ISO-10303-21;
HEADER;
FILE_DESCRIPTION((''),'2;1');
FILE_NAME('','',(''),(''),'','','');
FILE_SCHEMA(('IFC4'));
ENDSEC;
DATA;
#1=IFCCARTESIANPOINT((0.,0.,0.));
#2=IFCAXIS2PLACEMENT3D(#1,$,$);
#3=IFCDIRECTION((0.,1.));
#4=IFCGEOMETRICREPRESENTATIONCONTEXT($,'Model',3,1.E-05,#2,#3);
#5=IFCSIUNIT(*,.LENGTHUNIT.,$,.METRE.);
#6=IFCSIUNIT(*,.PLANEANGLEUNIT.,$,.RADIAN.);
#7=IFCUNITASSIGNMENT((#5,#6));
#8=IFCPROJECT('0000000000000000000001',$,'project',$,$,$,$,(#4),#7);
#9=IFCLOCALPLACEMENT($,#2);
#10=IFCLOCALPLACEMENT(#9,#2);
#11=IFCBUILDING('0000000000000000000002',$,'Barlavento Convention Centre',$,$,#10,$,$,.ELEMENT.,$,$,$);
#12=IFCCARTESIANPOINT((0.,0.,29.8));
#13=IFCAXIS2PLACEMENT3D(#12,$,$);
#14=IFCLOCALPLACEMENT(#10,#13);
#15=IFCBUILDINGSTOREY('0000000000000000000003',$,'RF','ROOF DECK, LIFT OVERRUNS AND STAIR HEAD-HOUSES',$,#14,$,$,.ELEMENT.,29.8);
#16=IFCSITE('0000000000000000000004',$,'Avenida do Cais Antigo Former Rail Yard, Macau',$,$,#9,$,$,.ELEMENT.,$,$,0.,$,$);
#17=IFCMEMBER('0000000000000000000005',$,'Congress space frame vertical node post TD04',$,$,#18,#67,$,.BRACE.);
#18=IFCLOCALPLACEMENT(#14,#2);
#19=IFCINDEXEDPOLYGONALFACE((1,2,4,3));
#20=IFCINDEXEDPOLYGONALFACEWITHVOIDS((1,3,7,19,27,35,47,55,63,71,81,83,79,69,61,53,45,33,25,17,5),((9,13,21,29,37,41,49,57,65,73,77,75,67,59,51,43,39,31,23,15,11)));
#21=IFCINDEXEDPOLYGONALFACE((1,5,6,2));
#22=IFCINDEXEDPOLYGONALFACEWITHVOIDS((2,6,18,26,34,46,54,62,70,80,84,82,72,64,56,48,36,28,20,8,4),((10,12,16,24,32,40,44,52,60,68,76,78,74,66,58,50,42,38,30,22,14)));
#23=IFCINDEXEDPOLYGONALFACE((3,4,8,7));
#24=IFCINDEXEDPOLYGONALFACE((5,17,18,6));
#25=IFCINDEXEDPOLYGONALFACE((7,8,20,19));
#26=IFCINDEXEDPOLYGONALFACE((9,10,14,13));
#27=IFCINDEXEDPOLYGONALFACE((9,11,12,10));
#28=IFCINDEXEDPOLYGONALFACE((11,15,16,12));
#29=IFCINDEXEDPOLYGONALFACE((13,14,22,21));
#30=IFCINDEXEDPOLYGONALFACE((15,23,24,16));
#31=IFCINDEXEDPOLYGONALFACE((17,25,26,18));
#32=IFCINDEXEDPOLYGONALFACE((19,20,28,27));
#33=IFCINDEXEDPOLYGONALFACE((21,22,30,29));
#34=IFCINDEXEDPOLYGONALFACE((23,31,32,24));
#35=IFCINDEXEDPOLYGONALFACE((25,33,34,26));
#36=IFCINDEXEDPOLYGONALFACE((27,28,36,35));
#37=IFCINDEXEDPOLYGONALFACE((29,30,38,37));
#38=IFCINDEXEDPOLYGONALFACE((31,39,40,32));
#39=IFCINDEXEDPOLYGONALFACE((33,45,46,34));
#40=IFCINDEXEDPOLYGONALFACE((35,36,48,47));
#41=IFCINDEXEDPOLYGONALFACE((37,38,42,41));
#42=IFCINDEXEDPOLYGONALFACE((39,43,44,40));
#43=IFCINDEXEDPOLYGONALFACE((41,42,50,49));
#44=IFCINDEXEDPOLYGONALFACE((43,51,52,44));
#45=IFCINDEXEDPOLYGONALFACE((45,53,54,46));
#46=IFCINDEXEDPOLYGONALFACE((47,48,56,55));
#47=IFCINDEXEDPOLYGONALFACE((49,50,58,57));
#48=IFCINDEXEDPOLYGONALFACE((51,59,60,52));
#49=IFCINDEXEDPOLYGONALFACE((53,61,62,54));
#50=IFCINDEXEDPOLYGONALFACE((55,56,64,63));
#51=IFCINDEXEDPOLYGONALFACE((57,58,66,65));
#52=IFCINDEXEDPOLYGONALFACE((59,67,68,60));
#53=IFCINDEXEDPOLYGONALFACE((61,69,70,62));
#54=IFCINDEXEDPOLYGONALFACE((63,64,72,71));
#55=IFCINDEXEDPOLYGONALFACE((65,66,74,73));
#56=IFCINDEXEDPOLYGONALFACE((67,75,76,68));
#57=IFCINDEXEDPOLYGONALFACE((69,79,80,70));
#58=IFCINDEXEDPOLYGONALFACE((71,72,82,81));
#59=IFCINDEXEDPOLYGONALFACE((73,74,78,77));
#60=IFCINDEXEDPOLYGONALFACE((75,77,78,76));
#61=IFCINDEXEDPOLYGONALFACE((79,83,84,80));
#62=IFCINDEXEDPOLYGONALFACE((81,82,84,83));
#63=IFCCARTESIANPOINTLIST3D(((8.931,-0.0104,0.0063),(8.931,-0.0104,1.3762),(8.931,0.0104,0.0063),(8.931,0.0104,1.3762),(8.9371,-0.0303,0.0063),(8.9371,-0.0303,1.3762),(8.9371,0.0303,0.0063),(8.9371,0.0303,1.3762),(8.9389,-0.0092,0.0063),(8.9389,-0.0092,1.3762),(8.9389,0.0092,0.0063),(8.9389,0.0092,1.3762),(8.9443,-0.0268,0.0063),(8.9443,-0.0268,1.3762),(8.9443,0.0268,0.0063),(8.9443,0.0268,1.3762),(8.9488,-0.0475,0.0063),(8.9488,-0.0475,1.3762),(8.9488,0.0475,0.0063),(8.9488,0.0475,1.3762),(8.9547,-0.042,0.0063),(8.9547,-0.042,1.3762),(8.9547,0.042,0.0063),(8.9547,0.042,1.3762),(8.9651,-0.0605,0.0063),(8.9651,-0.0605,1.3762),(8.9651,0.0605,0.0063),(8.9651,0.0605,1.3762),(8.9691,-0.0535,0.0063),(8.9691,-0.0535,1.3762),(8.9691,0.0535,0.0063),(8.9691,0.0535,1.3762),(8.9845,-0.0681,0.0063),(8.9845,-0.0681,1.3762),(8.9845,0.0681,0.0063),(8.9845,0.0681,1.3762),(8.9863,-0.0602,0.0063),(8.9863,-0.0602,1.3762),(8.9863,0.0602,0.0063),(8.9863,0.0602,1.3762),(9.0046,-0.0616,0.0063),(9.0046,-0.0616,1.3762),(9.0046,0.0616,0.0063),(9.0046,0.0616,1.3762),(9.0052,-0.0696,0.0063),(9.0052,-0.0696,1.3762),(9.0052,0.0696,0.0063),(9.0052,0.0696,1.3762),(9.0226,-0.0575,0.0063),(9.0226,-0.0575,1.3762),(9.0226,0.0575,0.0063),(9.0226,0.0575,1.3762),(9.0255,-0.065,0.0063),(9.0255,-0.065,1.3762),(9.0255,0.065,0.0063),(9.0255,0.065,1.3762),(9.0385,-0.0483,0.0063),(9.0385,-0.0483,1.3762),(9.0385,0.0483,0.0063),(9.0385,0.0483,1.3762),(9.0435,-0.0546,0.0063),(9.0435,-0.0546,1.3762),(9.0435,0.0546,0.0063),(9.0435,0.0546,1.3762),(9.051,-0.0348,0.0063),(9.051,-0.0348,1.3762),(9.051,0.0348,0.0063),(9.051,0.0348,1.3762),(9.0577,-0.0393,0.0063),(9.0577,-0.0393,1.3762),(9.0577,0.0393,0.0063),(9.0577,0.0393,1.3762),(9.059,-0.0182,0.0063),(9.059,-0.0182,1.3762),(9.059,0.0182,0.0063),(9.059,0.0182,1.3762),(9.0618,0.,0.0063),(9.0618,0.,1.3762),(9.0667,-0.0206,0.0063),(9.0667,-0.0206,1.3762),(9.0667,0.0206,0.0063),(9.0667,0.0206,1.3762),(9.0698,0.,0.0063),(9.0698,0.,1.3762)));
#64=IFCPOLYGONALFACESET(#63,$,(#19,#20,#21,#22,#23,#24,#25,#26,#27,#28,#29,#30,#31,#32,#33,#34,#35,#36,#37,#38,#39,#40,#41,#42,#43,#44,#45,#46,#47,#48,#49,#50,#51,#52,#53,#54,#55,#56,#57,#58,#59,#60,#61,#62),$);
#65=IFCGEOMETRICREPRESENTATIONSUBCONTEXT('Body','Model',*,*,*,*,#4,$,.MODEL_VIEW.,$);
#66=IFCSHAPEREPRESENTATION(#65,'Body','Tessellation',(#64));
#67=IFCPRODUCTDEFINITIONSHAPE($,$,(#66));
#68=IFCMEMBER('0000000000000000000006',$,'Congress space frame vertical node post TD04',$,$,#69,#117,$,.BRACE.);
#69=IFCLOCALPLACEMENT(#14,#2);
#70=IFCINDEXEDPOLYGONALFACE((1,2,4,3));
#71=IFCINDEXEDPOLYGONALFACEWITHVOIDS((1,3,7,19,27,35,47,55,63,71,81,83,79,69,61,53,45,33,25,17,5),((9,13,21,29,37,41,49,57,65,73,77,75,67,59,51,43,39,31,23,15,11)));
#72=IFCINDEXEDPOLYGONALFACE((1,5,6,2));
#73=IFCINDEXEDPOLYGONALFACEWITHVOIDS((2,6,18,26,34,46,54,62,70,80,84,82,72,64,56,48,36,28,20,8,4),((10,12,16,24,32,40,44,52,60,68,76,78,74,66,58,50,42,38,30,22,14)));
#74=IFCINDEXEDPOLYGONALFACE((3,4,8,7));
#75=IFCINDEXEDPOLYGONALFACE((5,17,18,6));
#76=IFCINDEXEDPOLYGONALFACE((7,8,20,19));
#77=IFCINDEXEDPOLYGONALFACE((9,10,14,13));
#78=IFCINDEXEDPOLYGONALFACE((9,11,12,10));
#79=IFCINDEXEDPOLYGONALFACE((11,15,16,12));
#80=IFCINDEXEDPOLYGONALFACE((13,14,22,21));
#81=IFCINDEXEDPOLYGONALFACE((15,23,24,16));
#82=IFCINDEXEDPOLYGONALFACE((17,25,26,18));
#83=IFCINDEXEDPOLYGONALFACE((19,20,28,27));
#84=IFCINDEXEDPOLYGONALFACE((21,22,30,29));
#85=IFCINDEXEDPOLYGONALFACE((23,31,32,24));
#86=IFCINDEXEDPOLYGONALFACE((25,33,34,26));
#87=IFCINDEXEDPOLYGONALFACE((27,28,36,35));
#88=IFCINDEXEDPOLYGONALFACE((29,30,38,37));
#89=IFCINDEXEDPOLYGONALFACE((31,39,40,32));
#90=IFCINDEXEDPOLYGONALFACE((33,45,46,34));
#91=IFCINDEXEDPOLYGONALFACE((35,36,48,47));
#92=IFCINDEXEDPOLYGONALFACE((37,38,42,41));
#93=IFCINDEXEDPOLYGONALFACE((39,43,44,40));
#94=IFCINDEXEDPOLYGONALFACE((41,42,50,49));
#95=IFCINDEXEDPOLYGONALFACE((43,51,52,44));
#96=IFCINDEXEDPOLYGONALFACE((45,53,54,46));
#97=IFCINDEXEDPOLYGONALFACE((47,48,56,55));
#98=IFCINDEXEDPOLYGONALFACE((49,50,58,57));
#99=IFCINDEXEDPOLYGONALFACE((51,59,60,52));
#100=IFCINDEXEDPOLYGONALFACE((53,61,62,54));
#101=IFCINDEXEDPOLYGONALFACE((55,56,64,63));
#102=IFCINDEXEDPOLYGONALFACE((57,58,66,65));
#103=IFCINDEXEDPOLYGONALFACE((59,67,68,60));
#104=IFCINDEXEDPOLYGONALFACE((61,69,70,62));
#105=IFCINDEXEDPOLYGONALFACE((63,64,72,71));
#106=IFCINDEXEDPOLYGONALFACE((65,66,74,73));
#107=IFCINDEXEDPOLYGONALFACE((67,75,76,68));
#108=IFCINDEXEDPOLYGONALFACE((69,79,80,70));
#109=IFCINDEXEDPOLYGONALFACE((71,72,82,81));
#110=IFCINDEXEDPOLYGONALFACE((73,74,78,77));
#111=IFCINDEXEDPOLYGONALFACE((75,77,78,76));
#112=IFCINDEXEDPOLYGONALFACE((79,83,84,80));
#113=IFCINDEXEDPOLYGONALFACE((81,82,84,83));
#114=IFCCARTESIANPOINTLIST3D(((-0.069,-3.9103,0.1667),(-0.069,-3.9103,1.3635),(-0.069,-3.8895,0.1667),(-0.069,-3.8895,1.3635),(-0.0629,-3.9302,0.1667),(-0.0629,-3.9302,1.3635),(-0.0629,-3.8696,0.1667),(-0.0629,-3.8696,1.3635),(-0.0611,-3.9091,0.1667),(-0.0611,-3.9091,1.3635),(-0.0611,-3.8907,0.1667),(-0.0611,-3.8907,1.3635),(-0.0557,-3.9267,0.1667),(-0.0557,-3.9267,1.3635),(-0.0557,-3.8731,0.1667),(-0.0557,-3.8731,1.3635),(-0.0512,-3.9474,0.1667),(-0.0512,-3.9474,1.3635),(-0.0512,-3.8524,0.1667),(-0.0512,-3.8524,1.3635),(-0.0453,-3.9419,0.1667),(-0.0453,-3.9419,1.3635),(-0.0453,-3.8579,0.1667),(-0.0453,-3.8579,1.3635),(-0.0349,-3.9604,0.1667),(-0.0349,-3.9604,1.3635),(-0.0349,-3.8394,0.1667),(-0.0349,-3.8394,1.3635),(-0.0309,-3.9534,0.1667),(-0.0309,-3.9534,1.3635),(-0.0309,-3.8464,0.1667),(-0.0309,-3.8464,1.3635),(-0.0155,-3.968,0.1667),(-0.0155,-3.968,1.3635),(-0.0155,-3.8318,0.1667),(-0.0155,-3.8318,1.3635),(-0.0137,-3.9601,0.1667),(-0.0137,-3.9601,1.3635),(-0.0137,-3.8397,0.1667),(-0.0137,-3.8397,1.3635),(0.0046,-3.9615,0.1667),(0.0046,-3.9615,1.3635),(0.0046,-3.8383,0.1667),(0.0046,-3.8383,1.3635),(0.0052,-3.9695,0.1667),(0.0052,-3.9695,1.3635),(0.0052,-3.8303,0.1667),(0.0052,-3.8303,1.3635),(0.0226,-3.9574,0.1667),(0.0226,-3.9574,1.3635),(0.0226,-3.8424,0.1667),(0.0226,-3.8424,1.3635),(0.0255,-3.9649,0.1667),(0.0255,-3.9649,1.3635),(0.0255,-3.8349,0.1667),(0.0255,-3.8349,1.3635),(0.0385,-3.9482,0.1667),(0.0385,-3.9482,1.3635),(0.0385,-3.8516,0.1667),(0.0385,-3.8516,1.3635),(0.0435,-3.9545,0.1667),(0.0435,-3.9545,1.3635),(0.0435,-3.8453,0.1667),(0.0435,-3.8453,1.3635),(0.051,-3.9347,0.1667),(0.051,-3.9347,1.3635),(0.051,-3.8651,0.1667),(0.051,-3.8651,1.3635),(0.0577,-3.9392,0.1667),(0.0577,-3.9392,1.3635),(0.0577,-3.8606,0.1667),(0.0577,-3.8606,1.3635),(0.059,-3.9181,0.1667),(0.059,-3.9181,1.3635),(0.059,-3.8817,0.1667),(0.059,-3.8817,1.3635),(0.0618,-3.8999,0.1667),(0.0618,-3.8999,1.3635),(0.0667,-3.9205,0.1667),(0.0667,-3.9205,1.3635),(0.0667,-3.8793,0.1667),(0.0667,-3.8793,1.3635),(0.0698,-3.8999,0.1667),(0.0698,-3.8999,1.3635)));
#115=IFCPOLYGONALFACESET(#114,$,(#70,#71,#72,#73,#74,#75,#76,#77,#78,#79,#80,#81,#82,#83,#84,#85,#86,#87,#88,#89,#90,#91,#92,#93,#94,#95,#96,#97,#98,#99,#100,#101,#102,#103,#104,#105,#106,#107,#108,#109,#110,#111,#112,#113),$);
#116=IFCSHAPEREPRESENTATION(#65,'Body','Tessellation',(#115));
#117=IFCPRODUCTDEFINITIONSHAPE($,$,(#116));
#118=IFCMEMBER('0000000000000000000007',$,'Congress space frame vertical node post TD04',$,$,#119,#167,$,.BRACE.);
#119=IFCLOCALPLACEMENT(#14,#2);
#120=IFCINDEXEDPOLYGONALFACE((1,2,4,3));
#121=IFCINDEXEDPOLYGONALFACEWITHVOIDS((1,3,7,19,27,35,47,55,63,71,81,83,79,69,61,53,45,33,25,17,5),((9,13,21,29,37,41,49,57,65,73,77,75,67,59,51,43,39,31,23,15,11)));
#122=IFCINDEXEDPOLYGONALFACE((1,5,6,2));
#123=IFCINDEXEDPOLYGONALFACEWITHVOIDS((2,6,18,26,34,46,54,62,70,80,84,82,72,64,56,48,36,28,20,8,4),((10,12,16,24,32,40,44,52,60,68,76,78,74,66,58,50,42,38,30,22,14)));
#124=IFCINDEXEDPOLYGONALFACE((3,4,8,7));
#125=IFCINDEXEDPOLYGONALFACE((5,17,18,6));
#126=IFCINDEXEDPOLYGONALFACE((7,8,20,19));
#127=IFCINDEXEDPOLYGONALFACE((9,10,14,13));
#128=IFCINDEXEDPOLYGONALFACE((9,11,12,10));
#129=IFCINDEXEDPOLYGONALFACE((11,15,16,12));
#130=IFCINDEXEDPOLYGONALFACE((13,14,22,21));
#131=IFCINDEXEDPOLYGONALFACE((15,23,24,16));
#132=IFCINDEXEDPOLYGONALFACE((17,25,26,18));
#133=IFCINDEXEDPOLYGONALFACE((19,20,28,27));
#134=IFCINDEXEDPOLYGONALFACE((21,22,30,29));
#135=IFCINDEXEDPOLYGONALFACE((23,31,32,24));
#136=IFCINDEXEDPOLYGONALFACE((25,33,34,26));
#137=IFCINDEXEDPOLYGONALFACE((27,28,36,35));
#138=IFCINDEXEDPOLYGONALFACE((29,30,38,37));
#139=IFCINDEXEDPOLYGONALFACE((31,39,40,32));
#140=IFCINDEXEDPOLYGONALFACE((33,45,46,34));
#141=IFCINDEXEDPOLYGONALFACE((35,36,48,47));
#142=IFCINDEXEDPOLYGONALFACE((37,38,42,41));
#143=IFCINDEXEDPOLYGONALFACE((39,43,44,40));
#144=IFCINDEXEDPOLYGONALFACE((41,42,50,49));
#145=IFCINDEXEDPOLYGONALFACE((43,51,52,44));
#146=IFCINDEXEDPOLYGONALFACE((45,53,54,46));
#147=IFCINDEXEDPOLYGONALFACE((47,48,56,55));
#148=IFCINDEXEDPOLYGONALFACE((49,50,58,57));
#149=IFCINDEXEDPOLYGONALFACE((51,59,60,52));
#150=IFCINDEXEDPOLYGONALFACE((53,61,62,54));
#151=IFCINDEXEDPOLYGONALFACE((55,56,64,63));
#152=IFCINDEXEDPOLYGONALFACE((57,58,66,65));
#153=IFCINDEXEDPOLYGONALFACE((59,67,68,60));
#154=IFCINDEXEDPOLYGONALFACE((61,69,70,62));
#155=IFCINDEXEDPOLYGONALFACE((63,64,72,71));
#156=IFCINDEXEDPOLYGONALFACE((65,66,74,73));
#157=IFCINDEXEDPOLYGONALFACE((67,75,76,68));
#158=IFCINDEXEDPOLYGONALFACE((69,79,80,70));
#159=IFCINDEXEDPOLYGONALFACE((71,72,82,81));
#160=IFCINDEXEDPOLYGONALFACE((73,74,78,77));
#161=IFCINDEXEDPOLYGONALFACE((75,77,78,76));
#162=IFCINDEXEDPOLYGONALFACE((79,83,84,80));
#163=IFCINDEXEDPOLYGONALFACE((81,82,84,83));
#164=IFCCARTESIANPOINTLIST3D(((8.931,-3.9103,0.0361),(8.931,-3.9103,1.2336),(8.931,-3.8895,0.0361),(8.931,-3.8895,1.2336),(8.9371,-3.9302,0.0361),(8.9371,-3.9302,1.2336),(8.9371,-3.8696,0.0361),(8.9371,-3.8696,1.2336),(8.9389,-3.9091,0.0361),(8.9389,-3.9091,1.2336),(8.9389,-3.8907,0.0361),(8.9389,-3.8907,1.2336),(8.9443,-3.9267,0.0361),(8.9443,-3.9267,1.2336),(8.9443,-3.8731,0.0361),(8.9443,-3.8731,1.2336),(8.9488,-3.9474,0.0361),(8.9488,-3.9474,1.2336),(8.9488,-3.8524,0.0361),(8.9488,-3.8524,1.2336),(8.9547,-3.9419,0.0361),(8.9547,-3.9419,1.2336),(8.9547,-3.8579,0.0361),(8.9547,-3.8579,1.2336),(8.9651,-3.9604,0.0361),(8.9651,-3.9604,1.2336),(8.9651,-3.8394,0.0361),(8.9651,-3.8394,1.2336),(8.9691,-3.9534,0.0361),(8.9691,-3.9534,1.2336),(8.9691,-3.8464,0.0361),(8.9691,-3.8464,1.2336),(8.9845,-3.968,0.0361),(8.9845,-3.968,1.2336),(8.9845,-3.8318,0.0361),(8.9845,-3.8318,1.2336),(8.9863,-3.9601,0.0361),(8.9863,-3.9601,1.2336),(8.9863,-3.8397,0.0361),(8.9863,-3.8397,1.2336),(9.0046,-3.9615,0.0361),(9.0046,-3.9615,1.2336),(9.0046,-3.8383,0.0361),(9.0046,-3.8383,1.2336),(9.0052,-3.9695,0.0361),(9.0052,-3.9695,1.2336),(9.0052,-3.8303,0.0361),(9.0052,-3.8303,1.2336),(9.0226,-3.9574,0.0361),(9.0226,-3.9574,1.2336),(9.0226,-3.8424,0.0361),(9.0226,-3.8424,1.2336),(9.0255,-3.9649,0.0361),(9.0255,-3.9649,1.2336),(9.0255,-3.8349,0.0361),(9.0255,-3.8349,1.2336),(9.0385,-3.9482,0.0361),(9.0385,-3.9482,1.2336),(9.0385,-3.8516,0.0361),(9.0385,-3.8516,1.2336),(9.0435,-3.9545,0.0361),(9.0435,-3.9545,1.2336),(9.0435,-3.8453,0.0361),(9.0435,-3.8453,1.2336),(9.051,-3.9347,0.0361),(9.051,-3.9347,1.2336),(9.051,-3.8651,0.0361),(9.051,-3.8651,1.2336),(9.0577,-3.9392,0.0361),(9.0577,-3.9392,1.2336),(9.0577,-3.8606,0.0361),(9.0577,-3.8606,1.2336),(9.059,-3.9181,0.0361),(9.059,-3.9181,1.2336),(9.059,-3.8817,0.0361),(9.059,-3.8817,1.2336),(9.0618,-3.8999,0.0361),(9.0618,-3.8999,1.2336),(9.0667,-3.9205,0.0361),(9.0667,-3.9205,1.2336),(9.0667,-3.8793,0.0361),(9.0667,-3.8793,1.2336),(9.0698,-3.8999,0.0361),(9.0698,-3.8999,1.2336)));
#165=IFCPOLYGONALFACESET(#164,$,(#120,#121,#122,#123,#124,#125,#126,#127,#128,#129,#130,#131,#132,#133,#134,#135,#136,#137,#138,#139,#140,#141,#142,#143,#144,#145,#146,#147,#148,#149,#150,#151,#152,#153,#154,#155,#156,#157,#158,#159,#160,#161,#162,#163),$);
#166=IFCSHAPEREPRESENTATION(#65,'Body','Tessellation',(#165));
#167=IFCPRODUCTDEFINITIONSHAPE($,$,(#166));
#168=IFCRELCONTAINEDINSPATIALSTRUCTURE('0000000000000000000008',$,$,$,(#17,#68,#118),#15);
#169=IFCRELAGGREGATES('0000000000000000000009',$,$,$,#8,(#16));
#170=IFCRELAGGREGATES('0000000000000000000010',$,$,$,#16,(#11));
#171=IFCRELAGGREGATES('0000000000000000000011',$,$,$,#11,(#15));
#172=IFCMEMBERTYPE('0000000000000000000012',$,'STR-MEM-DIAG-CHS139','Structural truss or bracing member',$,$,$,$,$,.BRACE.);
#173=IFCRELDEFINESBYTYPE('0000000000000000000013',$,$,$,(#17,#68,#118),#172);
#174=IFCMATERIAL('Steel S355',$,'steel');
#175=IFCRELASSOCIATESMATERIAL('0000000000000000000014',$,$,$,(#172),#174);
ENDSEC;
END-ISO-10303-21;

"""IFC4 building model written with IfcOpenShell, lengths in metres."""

from ifc_helpers import new_model, si_unit, direction, frame, origin, origin_2d, place, context, subcontext, project, spatial, hollow_circle, extrude, material, material_profile, profile_set, type_object, element, save


model = new_model("IFC4")

# Units and contexts
model_context = context("Model", 3, precision=1e-05, world=origin(), true_north=direction((0.0, 1.0)))
body_context = subcontext(model_context, "Body", "Model", "MODEL_VIEW")
ifc_project = project(units=[si_unit("LENGTHUNIT", "METRE"), si_unit("PLANEANGLEUNIT", "RADIAN")], contexts=[model_context])

# Site, building, storey
site_placement = place(None, origin())
site = spatial("IfcSite", under=ifc_project, at=site_placement, Name="Avenida do Cais Antigo Former Rail Yard, Macau", CompositionType="ELEMENT", RefElevation=0.0)
building_placement = place(site_placement, origin())
building = spatial("IfcBuilding", under=site, at=building_placement, Name="Barlavento Convention Centre", CompositionType="ELEMENT")
storey_placement = place(building_placement, frame((0.0, 0.0, 29.8)))
storey = spatial("IfcBuildingStorey", under=building, at=storey_placement, Name="RF", Description="ROOF DECK, LIFT OVERRUNS AND STAIR HEAD-HOUSES", CompositionType="ELEMENT", Elevation=29.8)

# Shared definitions
ifc_material_1 = material(Name="Steel S355", Category="steel")

# Members
ifc_material_profile_1 = material_profile(ifc_material_1, hollow_circle(Radius=0.0698, WallThickness=0.0081, at=origin_2d()), Name="CHS 139.7x8.0")
ifc_profile_set_1 = profile_set([ifc_material_profile_1], Name="Steel S355")
member_type_1 = type_object("IfcMemberType", Name="STR-MEM-DIAG-CHS139", Description="Structural truss or bracing member", PredefinedType="BRACE", material=ifc_profile_set_1)
for number, where, z_axis, x_axis, name in (
    (1, (9.0, 0.0, 0.0063), (0.0, 0.0, 1.0), (1.0, 0.0, 0.0), "Congress space frame vertical node post TD04"),
):
    element("IfcMember", number, at=place(storey_placement, frame(where, z_axis=z_axis, x_axis=x_axis)), inside=storey, type_object=member_type_1, Name=name, PredefinedType="BRACE", context=body_context, shape_type="SweptSolid", body=[
        extrude(hollow_circle(Radius=0.0698, WallThickness=0.0081, at=origin_2d()), origin(), (0.0, 0.0, 1.0), 1.3699),
    ])
member_1_placement = place(storey_placement, frame((0.0, -3.8999, 0.1667), z_axis=(0.0, 0.0, 1.0), x_axis=(1.0, 0.0, 0.0)))
element("IfcMember", 2, at=member_1_placement, inside=storey, type_object=member_type_1, Name="Congress space frame vertical node post TD04", PredefinedType="BRACE", context=body_context, shape_type="SweptSolid", body=[
    extrude(hollow_circle(Radius=0.0698, WallThickness=0.0081, at=origin_2d()), origin(), (0.0, 0.0, 1.0), 1.1968),
])
member_2_placement = place(storey_placement, frame((9.0, -3.8999, 0.0361), z_axis=(0.0, 0.0, 1.0), x_axis=(1.0, 0.0, 0.0)))
element("IfcMember", 3, at=member_2_placement, inside=storey, type_object=member_type_1, Name="Congress space frame vertical node post TD04", PredefinedType="BRACE", context=body_context, shape_type="SweptSolid", body=[
    extrude(hollow_circle(Radius=0.0698, WallThickness=0.0081, at=origin_2d()), origin(), (0.0, 0.0, 1.0), 1.1975),
])

save(model, "model.ifc")
